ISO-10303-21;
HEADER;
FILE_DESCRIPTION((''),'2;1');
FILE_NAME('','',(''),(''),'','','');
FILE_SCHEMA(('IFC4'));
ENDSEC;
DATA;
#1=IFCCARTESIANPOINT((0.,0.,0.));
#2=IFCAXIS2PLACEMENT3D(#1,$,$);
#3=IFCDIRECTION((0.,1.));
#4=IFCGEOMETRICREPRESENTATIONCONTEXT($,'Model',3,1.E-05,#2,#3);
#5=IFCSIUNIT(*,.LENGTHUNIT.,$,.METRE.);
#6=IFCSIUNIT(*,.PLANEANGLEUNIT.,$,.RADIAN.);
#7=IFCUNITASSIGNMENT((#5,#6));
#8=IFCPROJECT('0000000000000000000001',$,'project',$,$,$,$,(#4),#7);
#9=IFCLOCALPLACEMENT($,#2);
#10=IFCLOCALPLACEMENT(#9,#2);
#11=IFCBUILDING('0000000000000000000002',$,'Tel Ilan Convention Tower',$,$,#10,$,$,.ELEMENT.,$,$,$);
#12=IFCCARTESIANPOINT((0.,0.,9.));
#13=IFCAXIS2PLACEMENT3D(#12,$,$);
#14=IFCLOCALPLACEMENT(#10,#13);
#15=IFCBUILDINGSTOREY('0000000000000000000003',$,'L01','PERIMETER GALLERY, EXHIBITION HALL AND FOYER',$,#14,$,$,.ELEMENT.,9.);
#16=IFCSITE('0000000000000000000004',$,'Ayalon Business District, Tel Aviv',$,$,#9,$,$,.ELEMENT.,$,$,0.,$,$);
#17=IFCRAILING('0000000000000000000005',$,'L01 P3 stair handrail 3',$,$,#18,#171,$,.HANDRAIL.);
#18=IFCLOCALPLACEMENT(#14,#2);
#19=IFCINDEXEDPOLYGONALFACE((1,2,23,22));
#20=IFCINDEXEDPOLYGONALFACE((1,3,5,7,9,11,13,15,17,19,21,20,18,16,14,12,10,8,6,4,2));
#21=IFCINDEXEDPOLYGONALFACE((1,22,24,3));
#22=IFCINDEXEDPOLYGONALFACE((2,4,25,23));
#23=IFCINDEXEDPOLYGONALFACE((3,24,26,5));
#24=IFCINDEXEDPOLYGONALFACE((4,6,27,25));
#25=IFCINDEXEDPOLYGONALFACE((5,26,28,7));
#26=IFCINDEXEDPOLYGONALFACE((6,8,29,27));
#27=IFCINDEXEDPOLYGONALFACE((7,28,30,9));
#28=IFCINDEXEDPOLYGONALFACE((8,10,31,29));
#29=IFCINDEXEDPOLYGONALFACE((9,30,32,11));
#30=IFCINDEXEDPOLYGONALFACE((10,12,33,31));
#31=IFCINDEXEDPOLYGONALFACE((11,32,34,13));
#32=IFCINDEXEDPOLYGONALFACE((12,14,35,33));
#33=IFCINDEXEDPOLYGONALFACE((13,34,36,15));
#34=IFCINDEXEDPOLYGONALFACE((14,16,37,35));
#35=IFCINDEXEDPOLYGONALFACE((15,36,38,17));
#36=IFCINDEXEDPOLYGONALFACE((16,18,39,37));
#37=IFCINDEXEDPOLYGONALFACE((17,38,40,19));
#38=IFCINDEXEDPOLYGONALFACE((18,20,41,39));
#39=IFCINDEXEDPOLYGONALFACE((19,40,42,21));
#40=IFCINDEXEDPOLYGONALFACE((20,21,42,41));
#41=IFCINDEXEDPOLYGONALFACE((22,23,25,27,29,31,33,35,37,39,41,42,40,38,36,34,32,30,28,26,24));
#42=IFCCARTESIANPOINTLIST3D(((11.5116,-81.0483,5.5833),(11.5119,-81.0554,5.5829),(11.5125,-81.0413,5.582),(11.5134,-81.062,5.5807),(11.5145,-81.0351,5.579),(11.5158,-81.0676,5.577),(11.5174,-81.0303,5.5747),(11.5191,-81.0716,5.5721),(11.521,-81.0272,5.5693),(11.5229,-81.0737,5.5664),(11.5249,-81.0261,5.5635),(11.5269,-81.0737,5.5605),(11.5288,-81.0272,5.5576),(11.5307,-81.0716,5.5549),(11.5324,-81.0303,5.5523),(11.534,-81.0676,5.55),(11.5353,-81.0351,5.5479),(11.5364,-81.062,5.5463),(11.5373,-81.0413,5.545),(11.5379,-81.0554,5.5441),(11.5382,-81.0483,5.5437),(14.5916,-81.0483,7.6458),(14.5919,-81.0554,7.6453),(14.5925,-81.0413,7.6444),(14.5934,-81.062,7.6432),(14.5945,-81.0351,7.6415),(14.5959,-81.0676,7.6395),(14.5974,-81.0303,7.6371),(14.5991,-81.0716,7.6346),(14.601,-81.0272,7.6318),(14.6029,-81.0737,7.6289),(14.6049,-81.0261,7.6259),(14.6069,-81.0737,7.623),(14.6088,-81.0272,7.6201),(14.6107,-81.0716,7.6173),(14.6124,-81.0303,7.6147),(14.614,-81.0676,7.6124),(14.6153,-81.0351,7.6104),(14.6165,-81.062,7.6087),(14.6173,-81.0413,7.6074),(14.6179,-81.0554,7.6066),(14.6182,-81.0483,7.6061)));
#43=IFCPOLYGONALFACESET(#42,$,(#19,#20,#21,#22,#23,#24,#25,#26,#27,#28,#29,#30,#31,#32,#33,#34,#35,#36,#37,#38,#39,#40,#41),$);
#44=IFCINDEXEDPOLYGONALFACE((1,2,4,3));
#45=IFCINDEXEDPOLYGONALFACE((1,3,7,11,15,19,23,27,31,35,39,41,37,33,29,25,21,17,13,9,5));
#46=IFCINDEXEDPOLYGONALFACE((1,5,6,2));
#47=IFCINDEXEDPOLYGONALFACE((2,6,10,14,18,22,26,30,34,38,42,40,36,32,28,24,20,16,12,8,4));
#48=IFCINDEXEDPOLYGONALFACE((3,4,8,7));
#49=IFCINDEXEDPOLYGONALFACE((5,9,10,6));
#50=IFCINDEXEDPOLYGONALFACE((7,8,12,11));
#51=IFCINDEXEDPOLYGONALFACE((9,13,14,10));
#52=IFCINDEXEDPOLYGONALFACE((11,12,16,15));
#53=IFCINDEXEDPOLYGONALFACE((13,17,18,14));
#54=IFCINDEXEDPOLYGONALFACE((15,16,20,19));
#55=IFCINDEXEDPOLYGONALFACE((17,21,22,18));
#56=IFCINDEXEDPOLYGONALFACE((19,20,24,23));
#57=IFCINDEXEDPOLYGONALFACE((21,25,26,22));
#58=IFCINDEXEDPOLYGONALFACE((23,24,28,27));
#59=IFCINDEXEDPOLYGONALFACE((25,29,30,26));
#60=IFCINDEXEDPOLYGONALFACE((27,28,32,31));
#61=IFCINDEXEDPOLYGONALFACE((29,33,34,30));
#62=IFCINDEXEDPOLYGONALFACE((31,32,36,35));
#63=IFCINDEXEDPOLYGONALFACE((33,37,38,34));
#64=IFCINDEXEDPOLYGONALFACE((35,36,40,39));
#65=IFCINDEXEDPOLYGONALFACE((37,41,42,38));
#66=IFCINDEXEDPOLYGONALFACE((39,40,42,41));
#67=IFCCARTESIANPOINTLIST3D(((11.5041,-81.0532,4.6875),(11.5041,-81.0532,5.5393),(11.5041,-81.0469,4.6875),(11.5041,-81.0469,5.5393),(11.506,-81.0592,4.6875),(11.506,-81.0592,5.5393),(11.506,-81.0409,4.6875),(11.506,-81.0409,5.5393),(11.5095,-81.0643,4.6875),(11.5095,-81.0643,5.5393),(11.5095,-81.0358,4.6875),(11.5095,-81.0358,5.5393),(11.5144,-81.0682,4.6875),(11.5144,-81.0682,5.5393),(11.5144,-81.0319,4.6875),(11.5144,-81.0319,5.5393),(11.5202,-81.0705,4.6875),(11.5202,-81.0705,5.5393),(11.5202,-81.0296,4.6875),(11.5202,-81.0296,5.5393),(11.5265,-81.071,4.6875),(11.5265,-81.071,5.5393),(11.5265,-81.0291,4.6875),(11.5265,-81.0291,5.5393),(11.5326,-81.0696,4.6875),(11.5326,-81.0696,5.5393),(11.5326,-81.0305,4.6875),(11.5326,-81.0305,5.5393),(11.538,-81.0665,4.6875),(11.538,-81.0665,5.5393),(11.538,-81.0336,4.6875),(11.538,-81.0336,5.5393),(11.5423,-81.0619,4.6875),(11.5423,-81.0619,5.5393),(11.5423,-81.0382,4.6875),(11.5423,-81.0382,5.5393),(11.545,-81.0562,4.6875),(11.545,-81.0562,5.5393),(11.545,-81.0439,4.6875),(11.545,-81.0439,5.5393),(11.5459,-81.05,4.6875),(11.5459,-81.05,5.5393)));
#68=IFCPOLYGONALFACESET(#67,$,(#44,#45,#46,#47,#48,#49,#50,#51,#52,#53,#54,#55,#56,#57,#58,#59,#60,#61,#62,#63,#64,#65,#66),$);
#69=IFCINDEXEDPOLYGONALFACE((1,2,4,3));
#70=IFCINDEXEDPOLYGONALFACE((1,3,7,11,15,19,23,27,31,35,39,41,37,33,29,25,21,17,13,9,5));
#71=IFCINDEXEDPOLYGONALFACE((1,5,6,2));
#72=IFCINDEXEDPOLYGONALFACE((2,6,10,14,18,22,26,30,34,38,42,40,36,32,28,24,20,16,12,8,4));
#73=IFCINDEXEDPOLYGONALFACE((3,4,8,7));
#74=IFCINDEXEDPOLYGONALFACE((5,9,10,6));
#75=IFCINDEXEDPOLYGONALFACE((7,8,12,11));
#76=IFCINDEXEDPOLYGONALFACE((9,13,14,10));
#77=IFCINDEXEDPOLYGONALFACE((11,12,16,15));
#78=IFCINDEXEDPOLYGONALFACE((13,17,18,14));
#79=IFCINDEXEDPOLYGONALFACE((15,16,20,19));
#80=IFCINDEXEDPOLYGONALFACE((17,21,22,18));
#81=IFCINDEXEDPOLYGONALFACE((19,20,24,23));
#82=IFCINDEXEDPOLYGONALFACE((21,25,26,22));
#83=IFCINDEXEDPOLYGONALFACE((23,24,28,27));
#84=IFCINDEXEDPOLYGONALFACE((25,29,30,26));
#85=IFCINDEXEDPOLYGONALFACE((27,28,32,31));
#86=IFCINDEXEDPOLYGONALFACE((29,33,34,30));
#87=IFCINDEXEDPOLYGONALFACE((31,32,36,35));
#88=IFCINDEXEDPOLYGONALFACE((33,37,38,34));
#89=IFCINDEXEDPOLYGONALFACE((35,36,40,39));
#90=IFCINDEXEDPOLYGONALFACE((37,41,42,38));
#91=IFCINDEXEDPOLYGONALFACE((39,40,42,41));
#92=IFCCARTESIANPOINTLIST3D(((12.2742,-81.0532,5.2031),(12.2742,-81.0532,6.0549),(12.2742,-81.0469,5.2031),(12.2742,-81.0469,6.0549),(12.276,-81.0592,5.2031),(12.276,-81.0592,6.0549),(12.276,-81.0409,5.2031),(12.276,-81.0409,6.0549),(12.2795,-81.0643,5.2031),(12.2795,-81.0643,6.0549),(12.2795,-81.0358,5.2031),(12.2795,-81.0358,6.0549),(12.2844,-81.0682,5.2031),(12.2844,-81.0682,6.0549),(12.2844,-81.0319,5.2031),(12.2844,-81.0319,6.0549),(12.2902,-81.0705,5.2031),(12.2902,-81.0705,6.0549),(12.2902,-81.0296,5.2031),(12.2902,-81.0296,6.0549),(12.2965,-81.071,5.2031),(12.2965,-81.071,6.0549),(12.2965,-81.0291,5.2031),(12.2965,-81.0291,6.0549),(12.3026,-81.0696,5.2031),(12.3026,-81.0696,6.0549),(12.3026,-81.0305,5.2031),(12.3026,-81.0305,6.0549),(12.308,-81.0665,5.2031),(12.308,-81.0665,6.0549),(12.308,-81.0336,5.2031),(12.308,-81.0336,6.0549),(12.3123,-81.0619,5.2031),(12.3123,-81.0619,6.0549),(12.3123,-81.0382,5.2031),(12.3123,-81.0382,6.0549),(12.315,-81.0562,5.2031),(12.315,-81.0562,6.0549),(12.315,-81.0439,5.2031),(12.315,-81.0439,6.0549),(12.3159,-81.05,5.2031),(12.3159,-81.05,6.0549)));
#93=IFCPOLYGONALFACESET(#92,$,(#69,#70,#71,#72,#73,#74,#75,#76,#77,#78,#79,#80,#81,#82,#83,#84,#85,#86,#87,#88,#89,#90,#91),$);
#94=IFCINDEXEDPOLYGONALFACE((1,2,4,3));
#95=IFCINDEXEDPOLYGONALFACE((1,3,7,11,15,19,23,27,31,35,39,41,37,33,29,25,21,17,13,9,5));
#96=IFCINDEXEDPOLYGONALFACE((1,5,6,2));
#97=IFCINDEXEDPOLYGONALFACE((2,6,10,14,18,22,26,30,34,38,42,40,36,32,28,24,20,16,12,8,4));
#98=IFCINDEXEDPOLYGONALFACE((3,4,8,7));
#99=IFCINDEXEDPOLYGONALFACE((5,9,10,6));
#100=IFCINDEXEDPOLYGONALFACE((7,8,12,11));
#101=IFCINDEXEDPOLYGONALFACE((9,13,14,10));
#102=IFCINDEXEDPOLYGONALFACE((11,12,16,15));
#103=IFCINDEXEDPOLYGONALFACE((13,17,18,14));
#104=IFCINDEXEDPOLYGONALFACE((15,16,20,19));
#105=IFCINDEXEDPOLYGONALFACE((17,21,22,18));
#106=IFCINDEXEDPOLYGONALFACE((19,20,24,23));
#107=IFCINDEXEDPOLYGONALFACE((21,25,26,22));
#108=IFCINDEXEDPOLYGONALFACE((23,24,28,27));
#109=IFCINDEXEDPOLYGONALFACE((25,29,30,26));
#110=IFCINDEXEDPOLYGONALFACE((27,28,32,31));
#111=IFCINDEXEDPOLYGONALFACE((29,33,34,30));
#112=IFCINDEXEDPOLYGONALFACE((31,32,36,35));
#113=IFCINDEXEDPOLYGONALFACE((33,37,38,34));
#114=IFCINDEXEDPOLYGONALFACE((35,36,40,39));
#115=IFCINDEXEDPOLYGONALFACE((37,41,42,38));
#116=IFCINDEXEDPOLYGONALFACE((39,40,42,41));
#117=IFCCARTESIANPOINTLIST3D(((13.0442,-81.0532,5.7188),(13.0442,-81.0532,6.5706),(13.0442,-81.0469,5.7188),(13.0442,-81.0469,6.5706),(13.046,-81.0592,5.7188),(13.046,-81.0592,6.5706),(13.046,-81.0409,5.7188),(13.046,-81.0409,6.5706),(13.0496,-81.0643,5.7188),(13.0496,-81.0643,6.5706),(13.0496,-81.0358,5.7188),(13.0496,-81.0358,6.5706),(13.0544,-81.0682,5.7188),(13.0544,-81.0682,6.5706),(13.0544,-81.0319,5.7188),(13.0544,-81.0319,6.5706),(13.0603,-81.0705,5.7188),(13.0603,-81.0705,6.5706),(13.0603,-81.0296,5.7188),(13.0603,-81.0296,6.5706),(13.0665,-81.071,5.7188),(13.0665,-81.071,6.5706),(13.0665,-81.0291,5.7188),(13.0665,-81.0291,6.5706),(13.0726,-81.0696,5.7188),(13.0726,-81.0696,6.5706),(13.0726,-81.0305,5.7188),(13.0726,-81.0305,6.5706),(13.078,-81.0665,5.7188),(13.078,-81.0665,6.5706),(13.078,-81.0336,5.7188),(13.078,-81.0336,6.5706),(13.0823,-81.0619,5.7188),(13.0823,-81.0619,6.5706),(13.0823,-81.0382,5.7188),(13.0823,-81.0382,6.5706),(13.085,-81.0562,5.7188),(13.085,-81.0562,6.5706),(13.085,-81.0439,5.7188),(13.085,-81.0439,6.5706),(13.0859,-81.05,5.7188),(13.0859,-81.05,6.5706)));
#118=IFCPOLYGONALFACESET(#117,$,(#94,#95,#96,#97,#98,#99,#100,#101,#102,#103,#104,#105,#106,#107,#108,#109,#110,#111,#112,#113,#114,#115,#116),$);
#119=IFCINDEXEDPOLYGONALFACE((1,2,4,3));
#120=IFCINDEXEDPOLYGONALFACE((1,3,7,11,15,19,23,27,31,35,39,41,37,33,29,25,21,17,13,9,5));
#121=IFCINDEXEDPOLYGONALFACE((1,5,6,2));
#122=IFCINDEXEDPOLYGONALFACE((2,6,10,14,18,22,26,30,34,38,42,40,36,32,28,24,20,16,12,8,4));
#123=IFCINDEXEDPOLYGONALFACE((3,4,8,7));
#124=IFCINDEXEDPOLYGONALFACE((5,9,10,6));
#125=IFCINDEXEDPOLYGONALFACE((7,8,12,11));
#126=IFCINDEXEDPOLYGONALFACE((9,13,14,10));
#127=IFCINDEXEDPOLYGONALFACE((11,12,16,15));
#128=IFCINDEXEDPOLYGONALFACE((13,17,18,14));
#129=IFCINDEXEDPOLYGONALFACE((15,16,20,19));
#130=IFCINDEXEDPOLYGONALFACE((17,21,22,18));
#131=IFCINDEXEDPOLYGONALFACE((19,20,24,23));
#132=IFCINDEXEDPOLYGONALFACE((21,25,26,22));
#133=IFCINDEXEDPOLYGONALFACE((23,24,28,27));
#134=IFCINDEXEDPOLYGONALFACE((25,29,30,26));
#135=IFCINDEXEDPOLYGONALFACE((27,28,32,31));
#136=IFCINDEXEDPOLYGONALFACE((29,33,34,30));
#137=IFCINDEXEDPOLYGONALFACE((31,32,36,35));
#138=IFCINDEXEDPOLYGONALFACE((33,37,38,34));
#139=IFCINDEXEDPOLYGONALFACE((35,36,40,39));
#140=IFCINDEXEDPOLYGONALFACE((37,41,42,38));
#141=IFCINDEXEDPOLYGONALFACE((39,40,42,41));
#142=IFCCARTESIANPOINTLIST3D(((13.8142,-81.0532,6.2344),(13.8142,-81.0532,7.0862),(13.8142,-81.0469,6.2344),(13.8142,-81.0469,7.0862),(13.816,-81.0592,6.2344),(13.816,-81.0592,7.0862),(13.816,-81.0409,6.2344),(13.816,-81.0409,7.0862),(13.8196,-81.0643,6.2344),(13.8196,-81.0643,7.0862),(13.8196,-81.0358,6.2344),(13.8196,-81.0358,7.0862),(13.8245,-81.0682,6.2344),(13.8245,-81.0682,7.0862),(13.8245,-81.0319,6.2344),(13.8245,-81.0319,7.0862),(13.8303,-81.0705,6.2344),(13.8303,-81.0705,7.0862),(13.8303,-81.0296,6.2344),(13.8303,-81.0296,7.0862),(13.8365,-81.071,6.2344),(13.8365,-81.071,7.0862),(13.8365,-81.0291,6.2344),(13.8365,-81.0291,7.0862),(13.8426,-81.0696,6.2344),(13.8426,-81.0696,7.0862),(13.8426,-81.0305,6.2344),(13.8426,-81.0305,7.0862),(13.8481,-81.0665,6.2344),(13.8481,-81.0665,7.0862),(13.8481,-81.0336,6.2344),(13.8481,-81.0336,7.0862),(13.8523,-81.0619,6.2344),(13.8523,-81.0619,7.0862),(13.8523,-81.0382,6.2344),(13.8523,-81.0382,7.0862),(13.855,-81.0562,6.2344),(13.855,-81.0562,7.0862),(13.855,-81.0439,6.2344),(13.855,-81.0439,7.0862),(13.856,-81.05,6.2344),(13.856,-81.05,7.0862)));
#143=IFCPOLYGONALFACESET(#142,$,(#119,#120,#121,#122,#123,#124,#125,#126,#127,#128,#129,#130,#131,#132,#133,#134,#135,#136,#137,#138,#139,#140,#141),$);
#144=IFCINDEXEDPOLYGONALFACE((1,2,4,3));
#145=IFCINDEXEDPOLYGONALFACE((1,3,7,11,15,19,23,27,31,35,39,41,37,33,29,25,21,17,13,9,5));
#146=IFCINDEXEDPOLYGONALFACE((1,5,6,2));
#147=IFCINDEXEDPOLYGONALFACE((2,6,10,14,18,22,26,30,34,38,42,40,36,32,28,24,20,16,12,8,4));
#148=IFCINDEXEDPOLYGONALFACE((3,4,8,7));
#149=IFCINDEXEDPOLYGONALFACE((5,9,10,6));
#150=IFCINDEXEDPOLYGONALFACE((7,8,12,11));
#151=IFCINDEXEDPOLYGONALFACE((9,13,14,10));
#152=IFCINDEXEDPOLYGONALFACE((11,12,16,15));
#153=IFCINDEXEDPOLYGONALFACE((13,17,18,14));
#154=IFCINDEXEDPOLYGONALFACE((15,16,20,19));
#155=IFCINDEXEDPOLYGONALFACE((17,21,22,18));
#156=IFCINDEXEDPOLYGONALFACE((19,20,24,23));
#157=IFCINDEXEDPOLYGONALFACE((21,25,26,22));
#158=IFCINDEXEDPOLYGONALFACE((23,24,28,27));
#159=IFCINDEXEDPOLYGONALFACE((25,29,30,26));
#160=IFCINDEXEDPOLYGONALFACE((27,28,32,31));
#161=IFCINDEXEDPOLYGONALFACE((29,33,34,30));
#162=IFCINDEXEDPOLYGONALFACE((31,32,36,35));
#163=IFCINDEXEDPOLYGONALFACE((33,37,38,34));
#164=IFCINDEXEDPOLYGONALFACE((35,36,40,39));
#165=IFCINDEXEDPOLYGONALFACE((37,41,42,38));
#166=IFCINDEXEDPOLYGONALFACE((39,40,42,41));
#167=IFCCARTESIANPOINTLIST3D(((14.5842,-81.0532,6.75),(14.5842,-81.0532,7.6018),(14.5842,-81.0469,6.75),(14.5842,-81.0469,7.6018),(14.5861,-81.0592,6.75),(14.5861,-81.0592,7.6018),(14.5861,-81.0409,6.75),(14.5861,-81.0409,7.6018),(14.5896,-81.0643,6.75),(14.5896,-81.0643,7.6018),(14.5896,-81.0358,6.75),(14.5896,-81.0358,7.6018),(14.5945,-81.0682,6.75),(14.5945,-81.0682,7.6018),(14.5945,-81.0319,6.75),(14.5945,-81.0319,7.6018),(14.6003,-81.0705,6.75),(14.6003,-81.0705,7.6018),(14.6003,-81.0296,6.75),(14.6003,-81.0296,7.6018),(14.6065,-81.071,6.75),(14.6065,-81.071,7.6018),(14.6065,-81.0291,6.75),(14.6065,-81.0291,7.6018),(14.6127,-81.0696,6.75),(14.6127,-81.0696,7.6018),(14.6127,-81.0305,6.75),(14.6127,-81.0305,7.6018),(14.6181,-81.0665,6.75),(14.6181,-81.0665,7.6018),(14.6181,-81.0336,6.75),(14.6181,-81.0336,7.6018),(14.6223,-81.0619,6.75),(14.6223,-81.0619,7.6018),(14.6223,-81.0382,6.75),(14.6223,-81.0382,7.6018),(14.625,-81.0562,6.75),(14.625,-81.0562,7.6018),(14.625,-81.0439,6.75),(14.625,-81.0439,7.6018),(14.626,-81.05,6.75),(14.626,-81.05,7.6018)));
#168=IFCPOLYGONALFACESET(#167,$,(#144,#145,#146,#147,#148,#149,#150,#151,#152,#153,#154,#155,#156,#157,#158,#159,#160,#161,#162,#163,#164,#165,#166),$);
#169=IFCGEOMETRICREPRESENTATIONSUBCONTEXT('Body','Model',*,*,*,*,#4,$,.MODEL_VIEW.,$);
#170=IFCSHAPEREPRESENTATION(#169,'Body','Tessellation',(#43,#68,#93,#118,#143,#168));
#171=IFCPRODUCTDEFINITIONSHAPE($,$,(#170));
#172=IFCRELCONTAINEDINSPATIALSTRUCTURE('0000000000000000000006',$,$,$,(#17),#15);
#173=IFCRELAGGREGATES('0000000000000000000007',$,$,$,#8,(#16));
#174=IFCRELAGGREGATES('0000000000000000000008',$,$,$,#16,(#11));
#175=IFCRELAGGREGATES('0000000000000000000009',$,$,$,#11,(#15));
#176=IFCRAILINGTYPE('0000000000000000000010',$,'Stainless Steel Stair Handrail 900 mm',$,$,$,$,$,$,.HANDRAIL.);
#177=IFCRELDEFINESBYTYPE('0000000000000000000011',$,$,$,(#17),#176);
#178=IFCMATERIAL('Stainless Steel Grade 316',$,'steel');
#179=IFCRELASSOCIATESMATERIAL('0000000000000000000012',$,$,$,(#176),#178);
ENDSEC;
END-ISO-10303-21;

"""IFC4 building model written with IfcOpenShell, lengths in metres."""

from ifc_helpers import new_model, si_unit, direction, frame, origin, origin_2d, place, context, subcontext, project, spatial, circle, extrude, material, type_object, element, save


model = new_model("IFC4")

# Units and contexts
model_context = context("Model", 3, precision=1e-05, world=origin(), true_north=direction((0.0, 1.0)))
body_context = subcontext(model_context, "Body", "Model", "MODEL_VIEW")
ifc_project = project(units=[si_unit("LENGTHUNIT", "METRE"), si_unit("PLANEANGLEUNIT", "RADIAN")], contexts=[model_context])

# Site, building, storey
site_placement = place(None, origin())
site = spatial("IfcSite", under=ifc_project, at=site_placement, Name="Ayalon Business District, Tel Aviv", CompositionType="ELEMENT", RefElevation=0.0)
building_placement = place(site_placement, origin())
building = spatial("IfcBuilding", under=site, at=building_placement, Name="Tel Ilan Convention Tower", CompositionType="ELEMENT")
storey_placement = place(building_placement, frame((0.0, 0.0, 9.0)))
storey = spatial("IfcBuildingStorey", under=building, at=storey_placement, Name="L01", Description="PERIMETER GALLERY, EXHIBITION HALL AND FOYER", CompositionType="ELEMENT", Elevation=9.0)

# Railing
ifc_material_1 = material(Name="Stainless Steel Grade 316", Category="steel")
railing_type_1 = type_object("IfcRailingType", Name="Stainless Steel Stair Handrail 900 mm", PredefinedType="HANDRAIL", material=ifc_material_1)
for number, where, name in (
    (1, (11.5249, -81.05, 4.6875), "L01 P3 stair handrail 3"),
):
    element("IfcRailing", number, at=place(storey_placement, frame(where)), inside=storey, type_object=railing_type_1, Name=name, PredefinedType="HANDRAIL", context=body_context, shape_type="SweptSolid", body=[
        extrude(circle(Radius=0.0239, at=origin_2d()), frame((0.0, 0.0, 0.876), z_axis=(0.830914, 0.0, 0.556401), x_axis=(0.0, 1.0, 0.0)), (0.0, 0.0, 1.0), 3.7068),
        extrude(circle(Radius=0.021, at=origin_2d()), origin(), (0.0, 0.0, 1.0), 0.8518),
        extrude(circle(Radius=0.021, at=origin_2d()), frame((0.77, 0.0, 0.5156)), (0.0, 0.0, 1.0), 0.8518),
        extrude(circle(Radius=0.021, at=origin_2d()), frame((1.54, 0.0, 1.0312)), (0.0, 0.0, 1.0), 0.8518),
        extrude(circle(Radius=0.021, at=origin_2d()), frame((2.3101, 0.0, 1.5469)), (0.0, 0.0, 1.0), 0.8518),
        extrude(circle(Radius=0.021, at=origin_2d()), frame((3.0801, 0.0, 2.0625)), (0.0, 0.0, 1.0), 0.8518),
    ])

save(model, "model.ifc")
